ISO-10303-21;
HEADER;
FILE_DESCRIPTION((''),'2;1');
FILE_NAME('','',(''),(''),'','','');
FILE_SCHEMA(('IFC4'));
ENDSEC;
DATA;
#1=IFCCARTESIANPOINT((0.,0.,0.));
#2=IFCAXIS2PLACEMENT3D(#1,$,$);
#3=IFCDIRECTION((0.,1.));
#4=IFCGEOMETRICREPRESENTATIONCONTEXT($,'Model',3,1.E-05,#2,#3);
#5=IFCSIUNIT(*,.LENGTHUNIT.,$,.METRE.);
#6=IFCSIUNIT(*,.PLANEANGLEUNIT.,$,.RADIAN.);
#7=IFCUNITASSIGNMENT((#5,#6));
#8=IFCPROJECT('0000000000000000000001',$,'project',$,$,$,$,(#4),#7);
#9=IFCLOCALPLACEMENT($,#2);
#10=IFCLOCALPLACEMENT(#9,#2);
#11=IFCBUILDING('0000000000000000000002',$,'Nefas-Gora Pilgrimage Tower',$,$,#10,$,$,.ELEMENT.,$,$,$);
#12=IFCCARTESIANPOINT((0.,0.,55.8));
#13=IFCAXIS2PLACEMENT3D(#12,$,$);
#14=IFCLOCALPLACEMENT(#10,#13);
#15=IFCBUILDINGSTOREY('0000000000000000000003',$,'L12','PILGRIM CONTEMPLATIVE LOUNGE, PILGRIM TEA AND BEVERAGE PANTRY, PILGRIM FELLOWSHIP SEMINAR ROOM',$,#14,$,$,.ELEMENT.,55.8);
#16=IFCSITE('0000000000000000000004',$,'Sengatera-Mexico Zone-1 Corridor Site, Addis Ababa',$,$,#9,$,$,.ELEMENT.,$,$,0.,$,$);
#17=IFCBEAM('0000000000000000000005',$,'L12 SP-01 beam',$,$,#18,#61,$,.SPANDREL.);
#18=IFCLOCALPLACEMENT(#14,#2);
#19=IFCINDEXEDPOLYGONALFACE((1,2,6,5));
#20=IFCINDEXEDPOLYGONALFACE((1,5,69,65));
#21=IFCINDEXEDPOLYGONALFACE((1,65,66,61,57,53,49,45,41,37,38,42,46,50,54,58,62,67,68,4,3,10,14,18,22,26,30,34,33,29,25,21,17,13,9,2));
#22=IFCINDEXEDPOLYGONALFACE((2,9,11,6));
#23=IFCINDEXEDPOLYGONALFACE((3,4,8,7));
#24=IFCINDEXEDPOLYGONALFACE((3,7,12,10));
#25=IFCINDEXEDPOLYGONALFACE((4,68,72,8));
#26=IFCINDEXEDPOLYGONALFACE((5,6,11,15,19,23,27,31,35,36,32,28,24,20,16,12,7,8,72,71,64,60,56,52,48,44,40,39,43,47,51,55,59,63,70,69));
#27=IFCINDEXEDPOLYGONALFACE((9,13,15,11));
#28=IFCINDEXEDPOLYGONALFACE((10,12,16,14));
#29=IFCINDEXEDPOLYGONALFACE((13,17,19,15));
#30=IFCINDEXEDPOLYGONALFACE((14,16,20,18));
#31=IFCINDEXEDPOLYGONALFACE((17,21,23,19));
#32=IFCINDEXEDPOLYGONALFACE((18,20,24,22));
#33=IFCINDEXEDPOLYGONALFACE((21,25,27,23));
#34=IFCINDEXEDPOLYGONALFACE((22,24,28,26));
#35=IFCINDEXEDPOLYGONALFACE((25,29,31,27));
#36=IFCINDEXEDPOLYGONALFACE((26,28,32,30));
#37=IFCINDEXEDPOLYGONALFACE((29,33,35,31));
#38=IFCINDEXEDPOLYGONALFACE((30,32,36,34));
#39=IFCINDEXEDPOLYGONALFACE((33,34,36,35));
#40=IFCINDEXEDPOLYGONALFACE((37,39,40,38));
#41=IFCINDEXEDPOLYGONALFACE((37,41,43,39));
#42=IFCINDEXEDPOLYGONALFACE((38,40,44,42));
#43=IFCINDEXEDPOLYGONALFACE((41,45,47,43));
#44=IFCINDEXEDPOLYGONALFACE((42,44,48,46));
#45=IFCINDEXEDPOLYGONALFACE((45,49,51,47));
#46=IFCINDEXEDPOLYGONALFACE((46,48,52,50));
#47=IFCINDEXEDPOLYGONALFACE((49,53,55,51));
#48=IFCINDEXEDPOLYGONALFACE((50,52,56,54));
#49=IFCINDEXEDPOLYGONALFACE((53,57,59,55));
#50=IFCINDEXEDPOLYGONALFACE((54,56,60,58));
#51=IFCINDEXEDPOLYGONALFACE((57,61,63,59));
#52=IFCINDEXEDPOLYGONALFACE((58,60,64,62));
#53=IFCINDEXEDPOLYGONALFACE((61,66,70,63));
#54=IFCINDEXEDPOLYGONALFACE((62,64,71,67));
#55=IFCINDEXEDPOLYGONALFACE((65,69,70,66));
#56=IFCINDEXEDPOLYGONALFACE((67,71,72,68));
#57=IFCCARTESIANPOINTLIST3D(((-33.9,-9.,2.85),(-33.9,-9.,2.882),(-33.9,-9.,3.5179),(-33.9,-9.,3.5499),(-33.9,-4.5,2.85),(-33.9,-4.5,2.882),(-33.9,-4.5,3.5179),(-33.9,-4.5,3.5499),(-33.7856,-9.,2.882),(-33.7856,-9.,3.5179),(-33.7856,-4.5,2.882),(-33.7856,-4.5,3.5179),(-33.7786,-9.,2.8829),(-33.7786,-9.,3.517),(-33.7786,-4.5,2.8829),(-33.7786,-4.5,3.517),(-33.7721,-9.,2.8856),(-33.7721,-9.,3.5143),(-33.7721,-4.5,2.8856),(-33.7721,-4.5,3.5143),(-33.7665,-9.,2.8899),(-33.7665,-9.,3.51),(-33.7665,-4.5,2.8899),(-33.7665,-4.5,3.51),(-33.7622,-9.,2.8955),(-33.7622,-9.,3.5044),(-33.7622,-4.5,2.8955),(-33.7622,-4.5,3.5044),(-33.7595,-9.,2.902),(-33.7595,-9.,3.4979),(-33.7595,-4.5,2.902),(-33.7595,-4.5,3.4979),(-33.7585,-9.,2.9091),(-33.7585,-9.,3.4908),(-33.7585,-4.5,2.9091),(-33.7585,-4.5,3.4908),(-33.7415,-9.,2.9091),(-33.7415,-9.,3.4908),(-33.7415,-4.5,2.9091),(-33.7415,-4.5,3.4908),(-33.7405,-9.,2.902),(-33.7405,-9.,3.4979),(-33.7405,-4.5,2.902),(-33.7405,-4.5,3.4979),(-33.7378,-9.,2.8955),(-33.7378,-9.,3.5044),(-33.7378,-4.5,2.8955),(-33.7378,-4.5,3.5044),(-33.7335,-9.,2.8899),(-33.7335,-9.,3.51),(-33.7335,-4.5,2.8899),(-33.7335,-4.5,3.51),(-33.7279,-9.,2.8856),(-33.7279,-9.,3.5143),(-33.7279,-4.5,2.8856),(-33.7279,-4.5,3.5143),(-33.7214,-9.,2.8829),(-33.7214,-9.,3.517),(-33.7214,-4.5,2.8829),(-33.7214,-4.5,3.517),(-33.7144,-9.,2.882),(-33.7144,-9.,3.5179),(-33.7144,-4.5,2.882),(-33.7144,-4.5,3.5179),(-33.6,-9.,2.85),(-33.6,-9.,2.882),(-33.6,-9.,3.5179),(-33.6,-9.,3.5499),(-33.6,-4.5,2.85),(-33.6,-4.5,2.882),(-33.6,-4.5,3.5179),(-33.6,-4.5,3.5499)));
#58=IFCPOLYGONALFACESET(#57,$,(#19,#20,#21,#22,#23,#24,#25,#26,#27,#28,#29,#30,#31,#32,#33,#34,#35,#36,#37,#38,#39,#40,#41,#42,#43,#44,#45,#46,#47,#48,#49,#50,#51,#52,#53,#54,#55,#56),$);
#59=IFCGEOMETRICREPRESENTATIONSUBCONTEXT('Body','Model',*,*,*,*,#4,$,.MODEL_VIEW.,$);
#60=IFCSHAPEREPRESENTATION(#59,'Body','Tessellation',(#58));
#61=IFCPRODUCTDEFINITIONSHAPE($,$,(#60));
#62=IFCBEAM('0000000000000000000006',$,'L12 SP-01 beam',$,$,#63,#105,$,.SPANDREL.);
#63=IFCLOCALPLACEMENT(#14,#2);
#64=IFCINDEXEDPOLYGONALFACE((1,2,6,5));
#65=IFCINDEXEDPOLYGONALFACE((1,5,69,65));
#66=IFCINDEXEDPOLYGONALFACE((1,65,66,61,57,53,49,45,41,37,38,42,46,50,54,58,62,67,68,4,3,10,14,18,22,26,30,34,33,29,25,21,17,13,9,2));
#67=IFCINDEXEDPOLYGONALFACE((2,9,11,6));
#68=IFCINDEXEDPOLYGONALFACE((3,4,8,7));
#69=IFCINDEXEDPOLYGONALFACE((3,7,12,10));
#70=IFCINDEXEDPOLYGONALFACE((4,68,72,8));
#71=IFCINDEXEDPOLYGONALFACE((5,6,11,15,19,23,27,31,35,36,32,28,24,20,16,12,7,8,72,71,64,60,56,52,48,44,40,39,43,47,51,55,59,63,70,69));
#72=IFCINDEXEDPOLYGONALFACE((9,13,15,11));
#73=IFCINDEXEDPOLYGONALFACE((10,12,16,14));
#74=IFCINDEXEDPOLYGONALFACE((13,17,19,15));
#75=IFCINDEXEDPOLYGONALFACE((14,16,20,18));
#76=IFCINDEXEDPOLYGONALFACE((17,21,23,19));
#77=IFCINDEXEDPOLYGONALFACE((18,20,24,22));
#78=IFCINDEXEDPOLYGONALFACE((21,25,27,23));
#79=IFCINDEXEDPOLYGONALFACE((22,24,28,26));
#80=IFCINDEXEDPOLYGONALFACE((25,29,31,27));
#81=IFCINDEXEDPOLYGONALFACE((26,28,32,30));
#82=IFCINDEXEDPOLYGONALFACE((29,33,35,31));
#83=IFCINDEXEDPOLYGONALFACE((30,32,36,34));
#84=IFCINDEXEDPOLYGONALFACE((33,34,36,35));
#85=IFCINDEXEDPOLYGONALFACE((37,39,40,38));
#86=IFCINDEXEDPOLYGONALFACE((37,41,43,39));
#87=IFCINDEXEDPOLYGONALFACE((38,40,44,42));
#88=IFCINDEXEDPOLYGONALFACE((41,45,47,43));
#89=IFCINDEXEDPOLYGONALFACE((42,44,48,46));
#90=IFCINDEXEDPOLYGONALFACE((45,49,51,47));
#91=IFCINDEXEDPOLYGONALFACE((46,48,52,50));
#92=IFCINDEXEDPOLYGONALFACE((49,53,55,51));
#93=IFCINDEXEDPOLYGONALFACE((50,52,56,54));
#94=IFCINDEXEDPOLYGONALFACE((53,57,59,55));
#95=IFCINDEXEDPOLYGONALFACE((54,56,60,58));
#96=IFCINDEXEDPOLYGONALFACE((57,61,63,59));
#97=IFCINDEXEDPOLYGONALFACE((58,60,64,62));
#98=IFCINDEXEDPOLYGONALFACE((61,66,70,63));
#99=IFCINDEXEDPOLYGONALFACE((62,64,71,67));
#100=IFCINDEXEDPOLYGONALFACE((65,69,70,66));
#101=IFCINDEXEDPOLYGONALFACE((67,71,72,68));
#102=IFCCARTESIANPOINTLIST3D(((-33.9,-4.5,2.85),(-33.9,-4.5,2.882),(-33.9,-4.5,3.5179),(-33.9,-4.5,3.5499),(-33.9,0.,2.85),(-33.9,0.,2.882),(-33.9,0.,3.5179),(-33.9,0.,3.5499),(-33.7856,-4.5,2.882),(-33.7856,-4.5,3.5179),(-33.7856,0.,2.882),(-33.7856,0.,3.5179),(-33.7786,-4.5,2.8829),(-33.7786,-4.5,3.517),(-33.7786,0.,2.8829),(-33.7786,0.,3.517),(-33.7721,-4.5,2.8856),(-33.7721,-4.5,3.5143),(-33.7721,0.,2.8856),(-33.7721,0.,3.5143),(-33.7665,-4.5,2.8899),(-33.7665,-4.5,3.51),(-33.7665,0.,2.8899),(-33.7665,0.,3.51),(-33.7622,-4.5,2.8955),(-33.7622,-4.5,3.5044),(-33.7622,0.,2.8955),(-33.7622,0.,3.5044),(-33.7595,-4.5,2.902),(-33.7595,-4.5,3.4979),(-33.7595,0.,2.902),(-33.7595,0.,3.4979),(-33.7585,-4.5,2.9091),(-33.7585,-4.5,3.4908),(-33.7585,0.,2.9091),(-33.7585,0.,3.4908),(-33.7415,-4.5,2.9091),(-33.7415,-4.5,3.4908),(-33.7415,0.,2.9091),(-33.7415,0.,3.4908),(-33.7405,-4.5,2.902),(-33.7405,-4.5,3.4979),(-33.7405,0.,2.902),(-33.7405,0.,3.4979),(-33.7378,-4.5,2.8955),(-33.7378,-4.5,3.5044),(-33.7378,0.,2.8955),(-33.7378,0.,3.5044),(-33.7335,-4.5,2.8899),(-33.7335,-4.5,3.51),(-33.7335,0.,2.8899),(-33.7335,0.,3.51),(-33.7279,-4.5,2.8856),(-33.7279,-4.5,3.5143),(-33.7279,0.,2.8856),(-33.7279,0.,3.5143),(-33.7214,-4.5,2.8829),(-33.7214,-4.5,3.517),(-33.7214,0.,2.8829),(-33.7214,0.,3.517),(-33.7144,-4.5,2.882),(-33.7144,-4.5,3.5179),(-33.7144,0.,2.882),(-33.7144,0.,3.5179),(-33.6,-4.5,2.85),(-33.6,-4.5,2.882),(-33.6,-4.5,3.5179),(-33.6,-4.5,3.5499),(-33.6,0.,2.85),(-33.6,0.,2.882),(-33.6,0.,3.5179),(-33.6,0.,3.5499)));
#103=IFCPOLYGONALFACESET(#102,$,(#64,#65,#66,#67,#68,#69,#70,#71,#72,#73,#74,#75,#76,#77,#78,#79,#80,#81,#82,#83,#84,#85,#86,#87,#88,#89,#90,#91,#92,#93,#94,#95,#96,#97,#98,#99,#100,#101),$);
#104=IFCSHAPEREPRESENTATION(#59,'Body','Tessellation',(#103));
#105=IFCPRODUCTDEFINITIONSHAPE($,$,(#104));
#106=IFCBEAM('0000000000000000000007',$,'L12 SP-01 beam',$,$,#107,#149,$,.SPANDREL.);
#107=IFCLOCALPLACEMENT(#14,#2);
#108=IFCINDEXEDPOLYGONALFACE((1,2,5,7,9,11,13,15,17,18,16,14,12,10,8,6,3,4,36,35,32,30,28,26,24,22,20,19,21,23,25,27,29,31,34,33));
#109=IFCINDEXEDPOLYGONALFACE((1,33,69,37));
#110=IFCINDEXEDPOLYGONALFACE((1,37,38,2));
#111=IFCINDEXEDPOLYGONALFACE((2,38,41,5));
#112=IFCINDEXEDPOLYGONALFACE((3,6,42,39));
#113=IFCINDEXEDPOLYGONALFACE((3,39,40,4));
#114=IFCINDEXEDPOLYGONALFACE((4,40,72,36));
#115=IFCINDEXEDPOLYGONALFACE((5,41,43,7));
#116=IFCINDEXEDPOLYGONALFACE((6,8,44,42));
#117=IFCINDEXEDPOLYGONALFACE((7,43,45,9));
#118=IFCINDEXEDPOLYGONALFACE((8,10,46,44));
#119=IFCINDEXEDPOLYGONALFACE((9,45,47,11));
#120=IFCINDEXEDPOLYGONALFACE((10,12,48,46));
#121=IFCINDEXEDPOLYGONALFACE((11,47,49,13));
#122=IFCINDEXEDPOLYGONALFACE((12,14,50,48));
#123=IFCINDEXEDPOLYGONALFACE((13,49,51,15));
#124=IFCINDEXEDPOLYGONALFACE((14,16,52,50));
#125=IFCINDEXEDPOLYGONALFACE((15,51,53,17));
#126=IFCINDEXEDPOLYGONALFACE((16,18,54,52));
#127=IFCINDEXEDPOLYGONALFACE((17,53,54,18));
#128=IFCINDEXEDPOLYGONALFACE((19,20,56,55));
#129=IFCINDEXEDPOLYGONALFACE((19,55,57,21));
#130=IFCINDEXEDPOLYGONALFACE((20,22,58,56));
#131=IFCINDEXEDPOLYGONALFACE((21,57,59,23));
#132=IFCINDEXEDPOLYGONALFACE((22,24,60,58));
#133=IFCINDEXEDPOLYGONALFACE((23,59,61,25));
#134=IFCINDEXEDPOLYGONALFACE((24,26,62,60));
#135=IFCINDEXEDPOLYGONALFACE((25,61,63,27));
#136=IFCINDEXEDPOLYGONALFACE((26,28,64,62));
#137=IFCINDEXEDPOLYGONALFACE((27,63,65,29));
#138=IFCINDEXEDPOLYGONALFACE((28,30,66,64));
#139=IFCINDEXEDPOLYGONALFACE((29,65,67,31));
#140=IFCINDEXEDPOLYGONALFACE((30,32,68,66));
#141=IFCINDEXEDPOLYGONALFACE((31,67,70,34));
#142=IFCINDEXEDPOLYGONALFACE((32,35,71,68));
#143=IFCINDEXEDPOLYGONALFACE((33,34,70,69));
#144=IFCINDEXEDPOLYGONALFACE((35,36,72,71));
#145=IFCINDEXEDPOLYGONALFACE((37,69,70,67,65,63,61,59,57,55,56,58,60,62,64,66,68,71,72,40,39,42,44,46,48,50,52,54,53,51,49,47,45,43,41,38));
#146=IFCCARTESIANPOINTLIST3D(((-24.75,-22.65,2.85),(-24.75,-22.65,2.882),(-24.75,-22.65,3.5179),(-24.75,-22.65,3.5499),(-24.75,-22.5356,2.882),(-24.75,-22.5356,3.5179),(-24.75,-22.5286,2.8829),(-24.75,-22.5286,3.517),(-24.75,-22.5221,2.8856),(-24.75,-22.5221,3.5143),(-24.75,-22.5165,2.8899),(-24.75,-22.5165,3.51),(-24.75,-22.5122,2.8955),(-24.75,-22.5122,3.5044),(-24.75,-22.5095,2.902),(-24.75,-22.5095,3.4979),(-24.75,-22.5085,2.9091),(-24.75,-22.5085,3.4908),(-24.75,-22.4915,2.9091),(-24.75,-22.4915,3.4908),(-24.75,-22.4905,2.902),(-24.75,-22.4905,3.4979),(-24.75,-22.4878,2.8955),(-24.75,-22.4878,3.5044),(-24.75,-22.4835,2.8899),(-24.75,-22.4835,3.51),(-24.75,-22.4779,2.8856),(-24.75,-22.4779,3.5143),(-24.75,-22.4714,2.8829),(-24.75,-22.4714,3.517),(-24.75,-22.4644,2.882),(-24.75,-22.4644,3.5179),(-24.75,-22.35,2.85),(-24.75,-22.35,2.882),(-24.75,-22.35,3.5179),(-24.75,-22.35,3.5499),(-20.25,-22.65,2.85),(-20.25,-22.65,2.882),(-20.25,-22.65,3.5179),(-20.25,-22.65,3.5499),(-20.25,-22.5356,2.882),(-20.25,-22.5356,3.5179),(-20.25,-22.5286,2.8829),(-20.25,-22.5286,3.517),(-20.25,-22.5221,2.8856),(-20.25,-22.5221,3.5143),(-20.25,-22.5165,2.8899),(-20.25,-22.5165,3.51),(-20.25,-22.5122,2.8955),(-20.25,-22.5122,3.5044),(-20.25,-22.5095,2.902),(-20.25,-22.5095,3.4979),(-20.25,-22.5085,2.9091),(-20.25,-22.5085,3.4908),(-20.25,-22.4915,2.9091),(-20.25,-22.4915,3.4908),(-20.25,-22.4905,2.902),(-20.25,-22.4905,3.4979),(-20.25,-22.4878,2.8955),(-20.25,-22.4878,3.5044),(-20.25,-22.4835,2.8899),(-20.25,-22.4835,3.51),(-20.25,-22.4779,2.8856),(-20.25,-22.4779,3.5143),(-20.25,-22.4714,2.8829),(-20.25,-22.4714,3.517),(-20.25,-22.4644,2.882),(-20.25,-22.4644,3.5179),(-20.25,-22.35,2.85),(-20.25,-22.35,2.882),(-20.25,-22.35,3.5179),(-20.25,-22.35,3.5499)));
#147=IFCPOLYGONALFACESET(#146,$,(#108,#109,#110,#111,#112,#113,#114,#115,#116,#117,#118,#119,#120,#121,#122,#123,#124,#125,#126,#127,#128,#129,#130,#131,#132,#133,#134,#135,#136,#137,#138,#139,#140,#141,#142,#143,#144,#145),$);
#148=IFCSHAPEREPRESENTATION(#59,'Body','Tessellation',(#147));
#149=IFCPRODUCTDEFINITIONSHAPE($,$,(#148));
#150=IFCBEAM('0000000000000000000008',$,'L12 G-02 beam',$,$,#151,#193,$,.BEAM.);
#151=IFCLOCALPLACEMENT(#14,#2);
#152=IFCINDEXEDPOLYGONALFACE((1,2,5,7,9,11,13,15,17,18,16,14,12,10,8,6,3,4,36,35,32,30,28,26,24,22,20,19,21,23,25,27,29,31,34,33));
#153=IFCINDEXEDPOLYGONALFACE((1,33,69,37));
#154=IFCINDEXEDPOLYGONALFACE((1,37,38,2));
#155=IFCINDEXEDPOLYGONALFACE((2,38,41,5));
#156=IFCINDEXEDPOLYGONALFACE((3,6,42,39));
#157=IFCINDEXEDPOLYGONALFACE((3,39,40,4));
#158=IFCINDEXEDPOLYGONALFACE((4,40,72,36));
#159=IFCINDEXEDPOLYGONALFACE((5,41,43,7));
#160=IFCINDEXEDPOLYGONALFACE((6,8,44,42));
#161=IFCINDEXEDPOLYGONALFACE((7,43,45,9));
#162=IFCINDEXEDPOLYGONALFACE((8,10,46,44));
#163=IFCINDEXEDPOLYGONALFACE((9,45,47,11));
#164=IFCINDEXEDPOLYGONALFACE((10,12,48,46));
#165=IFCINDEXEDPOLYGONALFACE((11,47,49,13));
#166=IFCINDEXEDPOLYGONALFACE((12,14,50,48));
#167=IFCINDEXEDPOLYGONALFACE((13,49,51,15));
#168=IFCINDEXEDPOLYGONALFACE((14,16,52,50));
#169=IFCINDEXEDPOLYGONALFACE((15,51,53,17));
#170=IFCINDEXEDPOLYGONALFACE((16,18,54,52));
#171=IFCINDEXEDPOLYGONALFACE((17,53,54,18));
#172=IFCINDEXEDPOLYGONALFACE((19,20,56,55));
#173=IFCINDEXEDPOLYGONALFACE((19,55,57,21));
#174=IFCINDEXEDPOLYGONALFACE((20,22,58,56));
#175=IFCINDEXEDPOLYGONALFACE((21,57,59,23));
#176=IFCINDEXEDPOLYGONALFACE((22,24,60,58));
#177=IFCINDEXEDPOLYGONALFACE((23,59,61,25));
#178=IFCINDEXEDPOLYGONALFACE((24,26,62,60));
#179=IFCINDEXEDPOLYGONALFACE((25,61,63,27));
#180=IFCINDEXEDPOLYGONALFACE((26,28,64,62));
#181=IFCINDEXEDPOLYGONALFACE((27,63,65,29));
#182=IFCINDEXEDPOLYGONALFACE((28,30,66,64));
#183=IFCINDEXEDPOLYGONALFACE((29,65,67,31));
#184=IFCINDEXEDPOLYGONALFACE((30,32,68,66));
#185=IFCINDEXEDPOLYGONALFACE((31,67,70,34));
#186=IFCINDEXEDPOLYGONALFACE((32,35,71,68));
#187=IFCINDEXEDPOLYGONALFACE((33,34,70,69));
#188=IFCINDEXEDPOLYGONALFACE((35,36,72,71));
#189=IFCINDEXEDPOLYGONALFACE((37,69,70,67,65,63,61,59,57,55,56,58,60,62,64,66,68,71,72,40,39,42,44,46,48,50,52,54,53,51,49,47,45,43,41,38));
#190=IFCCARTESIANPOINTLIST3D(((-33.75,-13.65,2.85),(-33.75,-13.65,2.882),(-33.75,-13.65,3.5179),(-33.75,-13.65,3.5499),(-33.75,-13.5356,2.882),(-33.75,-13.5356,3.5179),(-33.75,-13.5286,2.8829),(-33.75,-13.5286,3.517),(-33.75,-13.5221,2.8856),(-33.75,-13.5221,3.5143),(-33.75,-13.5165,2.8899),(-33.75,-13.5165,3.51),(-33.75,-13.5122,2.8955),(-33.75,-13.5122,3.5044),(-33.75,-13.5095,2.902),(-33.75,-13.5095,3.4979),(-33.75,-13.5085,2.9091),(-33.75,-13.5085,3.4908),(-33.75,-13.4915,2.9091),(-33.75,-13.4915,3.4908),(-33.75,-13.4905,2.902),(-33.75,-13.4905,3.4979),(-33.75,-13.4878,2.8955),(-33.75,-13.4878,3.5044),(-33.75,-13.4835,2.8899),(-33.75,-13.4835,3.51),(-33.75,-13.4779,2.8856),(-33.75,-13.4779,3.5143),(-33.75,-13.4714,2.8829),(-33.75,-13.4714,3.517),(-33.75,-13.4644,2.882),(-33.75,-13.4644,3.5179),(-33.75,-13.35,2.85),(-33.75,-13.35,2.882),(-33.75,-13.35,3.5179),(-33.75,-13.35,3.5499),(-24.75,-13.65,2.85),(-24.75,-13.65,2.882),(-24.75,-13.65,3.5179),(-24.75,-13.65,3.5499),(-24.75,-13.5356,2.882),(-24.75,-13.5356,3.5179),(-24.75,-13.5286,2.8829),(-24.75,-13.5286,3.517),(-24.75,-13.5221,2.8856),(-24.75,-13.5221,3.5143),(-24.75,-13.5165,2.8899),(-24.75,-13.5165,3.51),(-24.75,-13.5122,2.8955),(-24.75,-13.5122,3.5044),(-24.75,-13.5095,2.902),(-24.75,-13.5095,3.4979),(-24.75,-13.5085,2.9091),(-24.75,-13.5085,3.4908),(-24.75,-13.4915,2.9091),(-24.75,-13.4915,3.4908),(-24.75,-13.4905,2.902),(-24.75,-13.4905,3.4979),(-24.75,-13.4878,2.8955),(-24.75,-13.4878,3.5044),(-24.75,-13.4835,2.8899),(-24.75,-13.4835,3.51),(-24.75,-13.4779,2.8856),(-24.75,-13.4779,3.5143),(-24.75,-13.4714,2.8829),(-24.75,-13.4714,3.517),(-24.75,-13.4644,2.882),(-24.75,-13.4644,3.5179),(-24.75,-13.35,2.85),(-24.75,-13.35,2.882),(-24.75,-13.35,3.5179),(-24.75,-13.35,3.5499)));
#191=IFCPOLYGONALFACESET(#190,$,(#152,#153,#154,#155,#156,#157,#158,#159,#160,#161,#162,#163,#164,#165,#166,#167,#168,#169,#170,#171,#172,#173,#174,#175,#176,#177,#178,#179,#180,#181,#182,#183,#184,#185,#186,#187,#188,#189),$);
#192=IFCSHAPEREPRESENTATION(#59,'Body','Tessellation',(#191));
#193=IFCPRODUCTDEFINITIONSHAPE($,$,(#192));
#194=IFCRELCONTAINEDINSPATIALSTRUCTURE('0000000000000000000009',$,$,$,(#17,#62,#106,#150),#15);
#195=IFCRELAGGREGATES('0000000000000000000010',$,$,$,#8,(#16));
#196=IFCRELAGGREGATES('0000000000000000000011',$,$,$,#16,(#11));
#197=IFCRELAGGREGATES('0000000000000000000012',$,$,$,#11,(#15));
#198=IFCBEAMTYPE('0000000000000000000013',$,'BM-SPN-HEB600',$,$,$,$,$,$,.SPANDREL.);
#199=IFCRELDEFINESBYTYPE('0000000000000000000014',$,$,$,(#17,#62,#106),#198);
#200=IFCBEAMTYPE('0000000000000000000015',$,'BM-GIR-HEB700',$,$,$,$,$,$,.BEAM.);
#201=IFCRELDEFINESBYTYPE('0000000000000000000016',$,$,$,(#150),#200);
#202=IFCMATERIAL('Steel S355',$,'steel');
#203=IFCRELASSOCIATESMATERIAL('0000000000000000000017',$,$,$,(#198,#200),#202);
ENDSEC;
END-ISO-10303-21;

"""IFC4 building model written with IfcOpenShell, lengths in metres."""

from ifc_helpers import new_model, si_unit, direction, frame, origin, origin_2d, place, context, subcontext, project, spatial, i_section, extrude, source, transform, mapped, material, material_profile, profile_set, type_object, element, save


model = new_model("IFC4")

# Units and contexts
model_context = context("Model", 3, precision=1e-05, world=origin(), true_north=direction((0.0, 1.0)))
body_context = subcontext(model_context, "Body", "Model", "MODEL_VIEW")
ifc_project = project(units=[si_unit("LENGTHUNIT", "METRE"), si_unit("PLANEANGLEUNIT", "RADIAN")], contexts=[model_context])

# Site, building, storey
site_placement = place(None, origin())
site = spatial("IfcSite", under=ifc_project, at=site_placement, Name="Sengatera-Mexico Zone-1 Corridor Site, Addis Ababa", CompositionType="ELEMENT", RefElevation=0.0)
building_placement = place(site_placement, origin())
building = spatial("IfcBuilding", under=site, at=building_placement, Name="Nefas-Gora Pilgrimage Tower", CompositionType="ELEMENT")
storey_placement = place(building_placement, frame((0.0, 0.0, 55.8)))
storey = spatial("IfcBuildingStorey", under=building, at=storey_placement, Name="L12", Description="PILGRIM CONTEMPLATIVE LOUNGE, PILGRIM TEA AND BEVERAGE PANTRY, PILGRIM FELLOWSHIP SEMINAR ROOM", CompositionType="ELEMENT", Elevation=55.8)

# Beams
ifc_material_1 = material(Name="Steel S355", Category="steel")
ifc_material_profile_1 = material_profile(ifc_material_1, i_section(OverallWidth=0.3, OverallDepth=0.7, WebThickness=0.0171, FlangeThickness=0.032, FilletRadius=0.0271, at=origin_2d()), Name="HEB 700")
ifc_profile_set_1 = profile_set([ifc_material_profile_1], Name="Steel S355")
beam_type_1 = type_object("IfcBeamType", Name="BM-SPN-HEB600", PredefinedType="SPANDREL", material=ifc_profile_set_1)
shared_shape_1 = source(origin(), body_context, "Body", "SweptSolid", [
    extrude(i_section(OverallWidth=0.3, OverallDepth=0.7, WebThickness=0.0171, FlangeThickness=0.032, FilletRadius=0.0271, at=origin_2d()), origin(), (0.0, 0.0, 1.0), 4.5),
])
for number, where, z_axis, x_axis, name in (
    (1, (-33.75, -9.0, 3.2), (0.0, 1.0, 0.0), (-1.0, 0.0, 0.0), "L12 SP-01 beam"),
    (2, (-33.75, -4.5, 3.2), (0.0, 1.0, 0.0), (-1.0, 0.0, 0.0), "L12 SP-01 beam"),
    (3, (-24.75, -22.5, 3.2), (1.0, 0.0, 0.0), (0.0, 1.0, 0.0), "L12 SP-01 beam"),
):
    element("IfcBeam", number, at=place(storey_placement, frame(where, z_axis=z_axis, x_axis=x_axis)), inside=storey, type_object=beam_type_1, Name=name, PredefinedType="SPANDREL", context=body_context, shape_type="MappedRepresentation", body=[
        mapped(shared_shape_1, transform((0.0, 0.0, 0.0), x_axis=(1.0, 0.0, 0.0), y_axis=(0.0, 1.0, 0.0), z_axis=(0.0, 0.0, 1.0), scale=1.0)),
    ])
ifc_material_profile_2 = material_profile(ifc_material_1, i_section(OverallWidth=0.3, OverallDepth=0.7, WebThickness=0.0171, FlangeThickness=0.032, FilletRadius=0.0271, at=origin_2d()), Name="HEB 700")
ifc_profile_set_2 = profile_set([ifc_material_profile_2], Name="Steel S355")
beam_type_2 = type_object("IfcBeamType", Name="BM-GIR-HEB700", PredefinedType="BEAM", material=ifc_profile_set_2)
shared_shape_2 = source(origin(), body_context, "Body", "SweptSolid", [
    extrude(i_section(OverallWidth=0.3, OverallDepth=0.7, WebThickness=0.0171, FlangeThickness=0.032, FilletRadius=0.0271, at=origin_2d()), origin(), (0.0, 0.0, 1.0), 9.0),
])
for number, where, z_axis, x_axis, name in (
    (4, (-33.75, -13.5, 3.2), (1.0, 0.0, 0.0), (0.0, 1.0, 0.0), "L12 G-02 beam"),
):
    element("IfcBeam", number, at=place(storey_placement, frame(where, z_axis=z_axis, x_axis=x_axis)), inside=storey, type_object=beam_type_2, Name=name, PredefinedType="BEAM", context=body_context, shape_type="MappedRepresentation", body=[
        mapped(shared_shape_2, transform((0.0, 0.0, 0.0), x_axis=(1.0, 0.0, 0.0), y_axis=(0.0, 1.0, 0.0), z_axis=(0.0, 0.0, 1.0), scale=1.0)),
    ])

save(model, "model.ifc")
